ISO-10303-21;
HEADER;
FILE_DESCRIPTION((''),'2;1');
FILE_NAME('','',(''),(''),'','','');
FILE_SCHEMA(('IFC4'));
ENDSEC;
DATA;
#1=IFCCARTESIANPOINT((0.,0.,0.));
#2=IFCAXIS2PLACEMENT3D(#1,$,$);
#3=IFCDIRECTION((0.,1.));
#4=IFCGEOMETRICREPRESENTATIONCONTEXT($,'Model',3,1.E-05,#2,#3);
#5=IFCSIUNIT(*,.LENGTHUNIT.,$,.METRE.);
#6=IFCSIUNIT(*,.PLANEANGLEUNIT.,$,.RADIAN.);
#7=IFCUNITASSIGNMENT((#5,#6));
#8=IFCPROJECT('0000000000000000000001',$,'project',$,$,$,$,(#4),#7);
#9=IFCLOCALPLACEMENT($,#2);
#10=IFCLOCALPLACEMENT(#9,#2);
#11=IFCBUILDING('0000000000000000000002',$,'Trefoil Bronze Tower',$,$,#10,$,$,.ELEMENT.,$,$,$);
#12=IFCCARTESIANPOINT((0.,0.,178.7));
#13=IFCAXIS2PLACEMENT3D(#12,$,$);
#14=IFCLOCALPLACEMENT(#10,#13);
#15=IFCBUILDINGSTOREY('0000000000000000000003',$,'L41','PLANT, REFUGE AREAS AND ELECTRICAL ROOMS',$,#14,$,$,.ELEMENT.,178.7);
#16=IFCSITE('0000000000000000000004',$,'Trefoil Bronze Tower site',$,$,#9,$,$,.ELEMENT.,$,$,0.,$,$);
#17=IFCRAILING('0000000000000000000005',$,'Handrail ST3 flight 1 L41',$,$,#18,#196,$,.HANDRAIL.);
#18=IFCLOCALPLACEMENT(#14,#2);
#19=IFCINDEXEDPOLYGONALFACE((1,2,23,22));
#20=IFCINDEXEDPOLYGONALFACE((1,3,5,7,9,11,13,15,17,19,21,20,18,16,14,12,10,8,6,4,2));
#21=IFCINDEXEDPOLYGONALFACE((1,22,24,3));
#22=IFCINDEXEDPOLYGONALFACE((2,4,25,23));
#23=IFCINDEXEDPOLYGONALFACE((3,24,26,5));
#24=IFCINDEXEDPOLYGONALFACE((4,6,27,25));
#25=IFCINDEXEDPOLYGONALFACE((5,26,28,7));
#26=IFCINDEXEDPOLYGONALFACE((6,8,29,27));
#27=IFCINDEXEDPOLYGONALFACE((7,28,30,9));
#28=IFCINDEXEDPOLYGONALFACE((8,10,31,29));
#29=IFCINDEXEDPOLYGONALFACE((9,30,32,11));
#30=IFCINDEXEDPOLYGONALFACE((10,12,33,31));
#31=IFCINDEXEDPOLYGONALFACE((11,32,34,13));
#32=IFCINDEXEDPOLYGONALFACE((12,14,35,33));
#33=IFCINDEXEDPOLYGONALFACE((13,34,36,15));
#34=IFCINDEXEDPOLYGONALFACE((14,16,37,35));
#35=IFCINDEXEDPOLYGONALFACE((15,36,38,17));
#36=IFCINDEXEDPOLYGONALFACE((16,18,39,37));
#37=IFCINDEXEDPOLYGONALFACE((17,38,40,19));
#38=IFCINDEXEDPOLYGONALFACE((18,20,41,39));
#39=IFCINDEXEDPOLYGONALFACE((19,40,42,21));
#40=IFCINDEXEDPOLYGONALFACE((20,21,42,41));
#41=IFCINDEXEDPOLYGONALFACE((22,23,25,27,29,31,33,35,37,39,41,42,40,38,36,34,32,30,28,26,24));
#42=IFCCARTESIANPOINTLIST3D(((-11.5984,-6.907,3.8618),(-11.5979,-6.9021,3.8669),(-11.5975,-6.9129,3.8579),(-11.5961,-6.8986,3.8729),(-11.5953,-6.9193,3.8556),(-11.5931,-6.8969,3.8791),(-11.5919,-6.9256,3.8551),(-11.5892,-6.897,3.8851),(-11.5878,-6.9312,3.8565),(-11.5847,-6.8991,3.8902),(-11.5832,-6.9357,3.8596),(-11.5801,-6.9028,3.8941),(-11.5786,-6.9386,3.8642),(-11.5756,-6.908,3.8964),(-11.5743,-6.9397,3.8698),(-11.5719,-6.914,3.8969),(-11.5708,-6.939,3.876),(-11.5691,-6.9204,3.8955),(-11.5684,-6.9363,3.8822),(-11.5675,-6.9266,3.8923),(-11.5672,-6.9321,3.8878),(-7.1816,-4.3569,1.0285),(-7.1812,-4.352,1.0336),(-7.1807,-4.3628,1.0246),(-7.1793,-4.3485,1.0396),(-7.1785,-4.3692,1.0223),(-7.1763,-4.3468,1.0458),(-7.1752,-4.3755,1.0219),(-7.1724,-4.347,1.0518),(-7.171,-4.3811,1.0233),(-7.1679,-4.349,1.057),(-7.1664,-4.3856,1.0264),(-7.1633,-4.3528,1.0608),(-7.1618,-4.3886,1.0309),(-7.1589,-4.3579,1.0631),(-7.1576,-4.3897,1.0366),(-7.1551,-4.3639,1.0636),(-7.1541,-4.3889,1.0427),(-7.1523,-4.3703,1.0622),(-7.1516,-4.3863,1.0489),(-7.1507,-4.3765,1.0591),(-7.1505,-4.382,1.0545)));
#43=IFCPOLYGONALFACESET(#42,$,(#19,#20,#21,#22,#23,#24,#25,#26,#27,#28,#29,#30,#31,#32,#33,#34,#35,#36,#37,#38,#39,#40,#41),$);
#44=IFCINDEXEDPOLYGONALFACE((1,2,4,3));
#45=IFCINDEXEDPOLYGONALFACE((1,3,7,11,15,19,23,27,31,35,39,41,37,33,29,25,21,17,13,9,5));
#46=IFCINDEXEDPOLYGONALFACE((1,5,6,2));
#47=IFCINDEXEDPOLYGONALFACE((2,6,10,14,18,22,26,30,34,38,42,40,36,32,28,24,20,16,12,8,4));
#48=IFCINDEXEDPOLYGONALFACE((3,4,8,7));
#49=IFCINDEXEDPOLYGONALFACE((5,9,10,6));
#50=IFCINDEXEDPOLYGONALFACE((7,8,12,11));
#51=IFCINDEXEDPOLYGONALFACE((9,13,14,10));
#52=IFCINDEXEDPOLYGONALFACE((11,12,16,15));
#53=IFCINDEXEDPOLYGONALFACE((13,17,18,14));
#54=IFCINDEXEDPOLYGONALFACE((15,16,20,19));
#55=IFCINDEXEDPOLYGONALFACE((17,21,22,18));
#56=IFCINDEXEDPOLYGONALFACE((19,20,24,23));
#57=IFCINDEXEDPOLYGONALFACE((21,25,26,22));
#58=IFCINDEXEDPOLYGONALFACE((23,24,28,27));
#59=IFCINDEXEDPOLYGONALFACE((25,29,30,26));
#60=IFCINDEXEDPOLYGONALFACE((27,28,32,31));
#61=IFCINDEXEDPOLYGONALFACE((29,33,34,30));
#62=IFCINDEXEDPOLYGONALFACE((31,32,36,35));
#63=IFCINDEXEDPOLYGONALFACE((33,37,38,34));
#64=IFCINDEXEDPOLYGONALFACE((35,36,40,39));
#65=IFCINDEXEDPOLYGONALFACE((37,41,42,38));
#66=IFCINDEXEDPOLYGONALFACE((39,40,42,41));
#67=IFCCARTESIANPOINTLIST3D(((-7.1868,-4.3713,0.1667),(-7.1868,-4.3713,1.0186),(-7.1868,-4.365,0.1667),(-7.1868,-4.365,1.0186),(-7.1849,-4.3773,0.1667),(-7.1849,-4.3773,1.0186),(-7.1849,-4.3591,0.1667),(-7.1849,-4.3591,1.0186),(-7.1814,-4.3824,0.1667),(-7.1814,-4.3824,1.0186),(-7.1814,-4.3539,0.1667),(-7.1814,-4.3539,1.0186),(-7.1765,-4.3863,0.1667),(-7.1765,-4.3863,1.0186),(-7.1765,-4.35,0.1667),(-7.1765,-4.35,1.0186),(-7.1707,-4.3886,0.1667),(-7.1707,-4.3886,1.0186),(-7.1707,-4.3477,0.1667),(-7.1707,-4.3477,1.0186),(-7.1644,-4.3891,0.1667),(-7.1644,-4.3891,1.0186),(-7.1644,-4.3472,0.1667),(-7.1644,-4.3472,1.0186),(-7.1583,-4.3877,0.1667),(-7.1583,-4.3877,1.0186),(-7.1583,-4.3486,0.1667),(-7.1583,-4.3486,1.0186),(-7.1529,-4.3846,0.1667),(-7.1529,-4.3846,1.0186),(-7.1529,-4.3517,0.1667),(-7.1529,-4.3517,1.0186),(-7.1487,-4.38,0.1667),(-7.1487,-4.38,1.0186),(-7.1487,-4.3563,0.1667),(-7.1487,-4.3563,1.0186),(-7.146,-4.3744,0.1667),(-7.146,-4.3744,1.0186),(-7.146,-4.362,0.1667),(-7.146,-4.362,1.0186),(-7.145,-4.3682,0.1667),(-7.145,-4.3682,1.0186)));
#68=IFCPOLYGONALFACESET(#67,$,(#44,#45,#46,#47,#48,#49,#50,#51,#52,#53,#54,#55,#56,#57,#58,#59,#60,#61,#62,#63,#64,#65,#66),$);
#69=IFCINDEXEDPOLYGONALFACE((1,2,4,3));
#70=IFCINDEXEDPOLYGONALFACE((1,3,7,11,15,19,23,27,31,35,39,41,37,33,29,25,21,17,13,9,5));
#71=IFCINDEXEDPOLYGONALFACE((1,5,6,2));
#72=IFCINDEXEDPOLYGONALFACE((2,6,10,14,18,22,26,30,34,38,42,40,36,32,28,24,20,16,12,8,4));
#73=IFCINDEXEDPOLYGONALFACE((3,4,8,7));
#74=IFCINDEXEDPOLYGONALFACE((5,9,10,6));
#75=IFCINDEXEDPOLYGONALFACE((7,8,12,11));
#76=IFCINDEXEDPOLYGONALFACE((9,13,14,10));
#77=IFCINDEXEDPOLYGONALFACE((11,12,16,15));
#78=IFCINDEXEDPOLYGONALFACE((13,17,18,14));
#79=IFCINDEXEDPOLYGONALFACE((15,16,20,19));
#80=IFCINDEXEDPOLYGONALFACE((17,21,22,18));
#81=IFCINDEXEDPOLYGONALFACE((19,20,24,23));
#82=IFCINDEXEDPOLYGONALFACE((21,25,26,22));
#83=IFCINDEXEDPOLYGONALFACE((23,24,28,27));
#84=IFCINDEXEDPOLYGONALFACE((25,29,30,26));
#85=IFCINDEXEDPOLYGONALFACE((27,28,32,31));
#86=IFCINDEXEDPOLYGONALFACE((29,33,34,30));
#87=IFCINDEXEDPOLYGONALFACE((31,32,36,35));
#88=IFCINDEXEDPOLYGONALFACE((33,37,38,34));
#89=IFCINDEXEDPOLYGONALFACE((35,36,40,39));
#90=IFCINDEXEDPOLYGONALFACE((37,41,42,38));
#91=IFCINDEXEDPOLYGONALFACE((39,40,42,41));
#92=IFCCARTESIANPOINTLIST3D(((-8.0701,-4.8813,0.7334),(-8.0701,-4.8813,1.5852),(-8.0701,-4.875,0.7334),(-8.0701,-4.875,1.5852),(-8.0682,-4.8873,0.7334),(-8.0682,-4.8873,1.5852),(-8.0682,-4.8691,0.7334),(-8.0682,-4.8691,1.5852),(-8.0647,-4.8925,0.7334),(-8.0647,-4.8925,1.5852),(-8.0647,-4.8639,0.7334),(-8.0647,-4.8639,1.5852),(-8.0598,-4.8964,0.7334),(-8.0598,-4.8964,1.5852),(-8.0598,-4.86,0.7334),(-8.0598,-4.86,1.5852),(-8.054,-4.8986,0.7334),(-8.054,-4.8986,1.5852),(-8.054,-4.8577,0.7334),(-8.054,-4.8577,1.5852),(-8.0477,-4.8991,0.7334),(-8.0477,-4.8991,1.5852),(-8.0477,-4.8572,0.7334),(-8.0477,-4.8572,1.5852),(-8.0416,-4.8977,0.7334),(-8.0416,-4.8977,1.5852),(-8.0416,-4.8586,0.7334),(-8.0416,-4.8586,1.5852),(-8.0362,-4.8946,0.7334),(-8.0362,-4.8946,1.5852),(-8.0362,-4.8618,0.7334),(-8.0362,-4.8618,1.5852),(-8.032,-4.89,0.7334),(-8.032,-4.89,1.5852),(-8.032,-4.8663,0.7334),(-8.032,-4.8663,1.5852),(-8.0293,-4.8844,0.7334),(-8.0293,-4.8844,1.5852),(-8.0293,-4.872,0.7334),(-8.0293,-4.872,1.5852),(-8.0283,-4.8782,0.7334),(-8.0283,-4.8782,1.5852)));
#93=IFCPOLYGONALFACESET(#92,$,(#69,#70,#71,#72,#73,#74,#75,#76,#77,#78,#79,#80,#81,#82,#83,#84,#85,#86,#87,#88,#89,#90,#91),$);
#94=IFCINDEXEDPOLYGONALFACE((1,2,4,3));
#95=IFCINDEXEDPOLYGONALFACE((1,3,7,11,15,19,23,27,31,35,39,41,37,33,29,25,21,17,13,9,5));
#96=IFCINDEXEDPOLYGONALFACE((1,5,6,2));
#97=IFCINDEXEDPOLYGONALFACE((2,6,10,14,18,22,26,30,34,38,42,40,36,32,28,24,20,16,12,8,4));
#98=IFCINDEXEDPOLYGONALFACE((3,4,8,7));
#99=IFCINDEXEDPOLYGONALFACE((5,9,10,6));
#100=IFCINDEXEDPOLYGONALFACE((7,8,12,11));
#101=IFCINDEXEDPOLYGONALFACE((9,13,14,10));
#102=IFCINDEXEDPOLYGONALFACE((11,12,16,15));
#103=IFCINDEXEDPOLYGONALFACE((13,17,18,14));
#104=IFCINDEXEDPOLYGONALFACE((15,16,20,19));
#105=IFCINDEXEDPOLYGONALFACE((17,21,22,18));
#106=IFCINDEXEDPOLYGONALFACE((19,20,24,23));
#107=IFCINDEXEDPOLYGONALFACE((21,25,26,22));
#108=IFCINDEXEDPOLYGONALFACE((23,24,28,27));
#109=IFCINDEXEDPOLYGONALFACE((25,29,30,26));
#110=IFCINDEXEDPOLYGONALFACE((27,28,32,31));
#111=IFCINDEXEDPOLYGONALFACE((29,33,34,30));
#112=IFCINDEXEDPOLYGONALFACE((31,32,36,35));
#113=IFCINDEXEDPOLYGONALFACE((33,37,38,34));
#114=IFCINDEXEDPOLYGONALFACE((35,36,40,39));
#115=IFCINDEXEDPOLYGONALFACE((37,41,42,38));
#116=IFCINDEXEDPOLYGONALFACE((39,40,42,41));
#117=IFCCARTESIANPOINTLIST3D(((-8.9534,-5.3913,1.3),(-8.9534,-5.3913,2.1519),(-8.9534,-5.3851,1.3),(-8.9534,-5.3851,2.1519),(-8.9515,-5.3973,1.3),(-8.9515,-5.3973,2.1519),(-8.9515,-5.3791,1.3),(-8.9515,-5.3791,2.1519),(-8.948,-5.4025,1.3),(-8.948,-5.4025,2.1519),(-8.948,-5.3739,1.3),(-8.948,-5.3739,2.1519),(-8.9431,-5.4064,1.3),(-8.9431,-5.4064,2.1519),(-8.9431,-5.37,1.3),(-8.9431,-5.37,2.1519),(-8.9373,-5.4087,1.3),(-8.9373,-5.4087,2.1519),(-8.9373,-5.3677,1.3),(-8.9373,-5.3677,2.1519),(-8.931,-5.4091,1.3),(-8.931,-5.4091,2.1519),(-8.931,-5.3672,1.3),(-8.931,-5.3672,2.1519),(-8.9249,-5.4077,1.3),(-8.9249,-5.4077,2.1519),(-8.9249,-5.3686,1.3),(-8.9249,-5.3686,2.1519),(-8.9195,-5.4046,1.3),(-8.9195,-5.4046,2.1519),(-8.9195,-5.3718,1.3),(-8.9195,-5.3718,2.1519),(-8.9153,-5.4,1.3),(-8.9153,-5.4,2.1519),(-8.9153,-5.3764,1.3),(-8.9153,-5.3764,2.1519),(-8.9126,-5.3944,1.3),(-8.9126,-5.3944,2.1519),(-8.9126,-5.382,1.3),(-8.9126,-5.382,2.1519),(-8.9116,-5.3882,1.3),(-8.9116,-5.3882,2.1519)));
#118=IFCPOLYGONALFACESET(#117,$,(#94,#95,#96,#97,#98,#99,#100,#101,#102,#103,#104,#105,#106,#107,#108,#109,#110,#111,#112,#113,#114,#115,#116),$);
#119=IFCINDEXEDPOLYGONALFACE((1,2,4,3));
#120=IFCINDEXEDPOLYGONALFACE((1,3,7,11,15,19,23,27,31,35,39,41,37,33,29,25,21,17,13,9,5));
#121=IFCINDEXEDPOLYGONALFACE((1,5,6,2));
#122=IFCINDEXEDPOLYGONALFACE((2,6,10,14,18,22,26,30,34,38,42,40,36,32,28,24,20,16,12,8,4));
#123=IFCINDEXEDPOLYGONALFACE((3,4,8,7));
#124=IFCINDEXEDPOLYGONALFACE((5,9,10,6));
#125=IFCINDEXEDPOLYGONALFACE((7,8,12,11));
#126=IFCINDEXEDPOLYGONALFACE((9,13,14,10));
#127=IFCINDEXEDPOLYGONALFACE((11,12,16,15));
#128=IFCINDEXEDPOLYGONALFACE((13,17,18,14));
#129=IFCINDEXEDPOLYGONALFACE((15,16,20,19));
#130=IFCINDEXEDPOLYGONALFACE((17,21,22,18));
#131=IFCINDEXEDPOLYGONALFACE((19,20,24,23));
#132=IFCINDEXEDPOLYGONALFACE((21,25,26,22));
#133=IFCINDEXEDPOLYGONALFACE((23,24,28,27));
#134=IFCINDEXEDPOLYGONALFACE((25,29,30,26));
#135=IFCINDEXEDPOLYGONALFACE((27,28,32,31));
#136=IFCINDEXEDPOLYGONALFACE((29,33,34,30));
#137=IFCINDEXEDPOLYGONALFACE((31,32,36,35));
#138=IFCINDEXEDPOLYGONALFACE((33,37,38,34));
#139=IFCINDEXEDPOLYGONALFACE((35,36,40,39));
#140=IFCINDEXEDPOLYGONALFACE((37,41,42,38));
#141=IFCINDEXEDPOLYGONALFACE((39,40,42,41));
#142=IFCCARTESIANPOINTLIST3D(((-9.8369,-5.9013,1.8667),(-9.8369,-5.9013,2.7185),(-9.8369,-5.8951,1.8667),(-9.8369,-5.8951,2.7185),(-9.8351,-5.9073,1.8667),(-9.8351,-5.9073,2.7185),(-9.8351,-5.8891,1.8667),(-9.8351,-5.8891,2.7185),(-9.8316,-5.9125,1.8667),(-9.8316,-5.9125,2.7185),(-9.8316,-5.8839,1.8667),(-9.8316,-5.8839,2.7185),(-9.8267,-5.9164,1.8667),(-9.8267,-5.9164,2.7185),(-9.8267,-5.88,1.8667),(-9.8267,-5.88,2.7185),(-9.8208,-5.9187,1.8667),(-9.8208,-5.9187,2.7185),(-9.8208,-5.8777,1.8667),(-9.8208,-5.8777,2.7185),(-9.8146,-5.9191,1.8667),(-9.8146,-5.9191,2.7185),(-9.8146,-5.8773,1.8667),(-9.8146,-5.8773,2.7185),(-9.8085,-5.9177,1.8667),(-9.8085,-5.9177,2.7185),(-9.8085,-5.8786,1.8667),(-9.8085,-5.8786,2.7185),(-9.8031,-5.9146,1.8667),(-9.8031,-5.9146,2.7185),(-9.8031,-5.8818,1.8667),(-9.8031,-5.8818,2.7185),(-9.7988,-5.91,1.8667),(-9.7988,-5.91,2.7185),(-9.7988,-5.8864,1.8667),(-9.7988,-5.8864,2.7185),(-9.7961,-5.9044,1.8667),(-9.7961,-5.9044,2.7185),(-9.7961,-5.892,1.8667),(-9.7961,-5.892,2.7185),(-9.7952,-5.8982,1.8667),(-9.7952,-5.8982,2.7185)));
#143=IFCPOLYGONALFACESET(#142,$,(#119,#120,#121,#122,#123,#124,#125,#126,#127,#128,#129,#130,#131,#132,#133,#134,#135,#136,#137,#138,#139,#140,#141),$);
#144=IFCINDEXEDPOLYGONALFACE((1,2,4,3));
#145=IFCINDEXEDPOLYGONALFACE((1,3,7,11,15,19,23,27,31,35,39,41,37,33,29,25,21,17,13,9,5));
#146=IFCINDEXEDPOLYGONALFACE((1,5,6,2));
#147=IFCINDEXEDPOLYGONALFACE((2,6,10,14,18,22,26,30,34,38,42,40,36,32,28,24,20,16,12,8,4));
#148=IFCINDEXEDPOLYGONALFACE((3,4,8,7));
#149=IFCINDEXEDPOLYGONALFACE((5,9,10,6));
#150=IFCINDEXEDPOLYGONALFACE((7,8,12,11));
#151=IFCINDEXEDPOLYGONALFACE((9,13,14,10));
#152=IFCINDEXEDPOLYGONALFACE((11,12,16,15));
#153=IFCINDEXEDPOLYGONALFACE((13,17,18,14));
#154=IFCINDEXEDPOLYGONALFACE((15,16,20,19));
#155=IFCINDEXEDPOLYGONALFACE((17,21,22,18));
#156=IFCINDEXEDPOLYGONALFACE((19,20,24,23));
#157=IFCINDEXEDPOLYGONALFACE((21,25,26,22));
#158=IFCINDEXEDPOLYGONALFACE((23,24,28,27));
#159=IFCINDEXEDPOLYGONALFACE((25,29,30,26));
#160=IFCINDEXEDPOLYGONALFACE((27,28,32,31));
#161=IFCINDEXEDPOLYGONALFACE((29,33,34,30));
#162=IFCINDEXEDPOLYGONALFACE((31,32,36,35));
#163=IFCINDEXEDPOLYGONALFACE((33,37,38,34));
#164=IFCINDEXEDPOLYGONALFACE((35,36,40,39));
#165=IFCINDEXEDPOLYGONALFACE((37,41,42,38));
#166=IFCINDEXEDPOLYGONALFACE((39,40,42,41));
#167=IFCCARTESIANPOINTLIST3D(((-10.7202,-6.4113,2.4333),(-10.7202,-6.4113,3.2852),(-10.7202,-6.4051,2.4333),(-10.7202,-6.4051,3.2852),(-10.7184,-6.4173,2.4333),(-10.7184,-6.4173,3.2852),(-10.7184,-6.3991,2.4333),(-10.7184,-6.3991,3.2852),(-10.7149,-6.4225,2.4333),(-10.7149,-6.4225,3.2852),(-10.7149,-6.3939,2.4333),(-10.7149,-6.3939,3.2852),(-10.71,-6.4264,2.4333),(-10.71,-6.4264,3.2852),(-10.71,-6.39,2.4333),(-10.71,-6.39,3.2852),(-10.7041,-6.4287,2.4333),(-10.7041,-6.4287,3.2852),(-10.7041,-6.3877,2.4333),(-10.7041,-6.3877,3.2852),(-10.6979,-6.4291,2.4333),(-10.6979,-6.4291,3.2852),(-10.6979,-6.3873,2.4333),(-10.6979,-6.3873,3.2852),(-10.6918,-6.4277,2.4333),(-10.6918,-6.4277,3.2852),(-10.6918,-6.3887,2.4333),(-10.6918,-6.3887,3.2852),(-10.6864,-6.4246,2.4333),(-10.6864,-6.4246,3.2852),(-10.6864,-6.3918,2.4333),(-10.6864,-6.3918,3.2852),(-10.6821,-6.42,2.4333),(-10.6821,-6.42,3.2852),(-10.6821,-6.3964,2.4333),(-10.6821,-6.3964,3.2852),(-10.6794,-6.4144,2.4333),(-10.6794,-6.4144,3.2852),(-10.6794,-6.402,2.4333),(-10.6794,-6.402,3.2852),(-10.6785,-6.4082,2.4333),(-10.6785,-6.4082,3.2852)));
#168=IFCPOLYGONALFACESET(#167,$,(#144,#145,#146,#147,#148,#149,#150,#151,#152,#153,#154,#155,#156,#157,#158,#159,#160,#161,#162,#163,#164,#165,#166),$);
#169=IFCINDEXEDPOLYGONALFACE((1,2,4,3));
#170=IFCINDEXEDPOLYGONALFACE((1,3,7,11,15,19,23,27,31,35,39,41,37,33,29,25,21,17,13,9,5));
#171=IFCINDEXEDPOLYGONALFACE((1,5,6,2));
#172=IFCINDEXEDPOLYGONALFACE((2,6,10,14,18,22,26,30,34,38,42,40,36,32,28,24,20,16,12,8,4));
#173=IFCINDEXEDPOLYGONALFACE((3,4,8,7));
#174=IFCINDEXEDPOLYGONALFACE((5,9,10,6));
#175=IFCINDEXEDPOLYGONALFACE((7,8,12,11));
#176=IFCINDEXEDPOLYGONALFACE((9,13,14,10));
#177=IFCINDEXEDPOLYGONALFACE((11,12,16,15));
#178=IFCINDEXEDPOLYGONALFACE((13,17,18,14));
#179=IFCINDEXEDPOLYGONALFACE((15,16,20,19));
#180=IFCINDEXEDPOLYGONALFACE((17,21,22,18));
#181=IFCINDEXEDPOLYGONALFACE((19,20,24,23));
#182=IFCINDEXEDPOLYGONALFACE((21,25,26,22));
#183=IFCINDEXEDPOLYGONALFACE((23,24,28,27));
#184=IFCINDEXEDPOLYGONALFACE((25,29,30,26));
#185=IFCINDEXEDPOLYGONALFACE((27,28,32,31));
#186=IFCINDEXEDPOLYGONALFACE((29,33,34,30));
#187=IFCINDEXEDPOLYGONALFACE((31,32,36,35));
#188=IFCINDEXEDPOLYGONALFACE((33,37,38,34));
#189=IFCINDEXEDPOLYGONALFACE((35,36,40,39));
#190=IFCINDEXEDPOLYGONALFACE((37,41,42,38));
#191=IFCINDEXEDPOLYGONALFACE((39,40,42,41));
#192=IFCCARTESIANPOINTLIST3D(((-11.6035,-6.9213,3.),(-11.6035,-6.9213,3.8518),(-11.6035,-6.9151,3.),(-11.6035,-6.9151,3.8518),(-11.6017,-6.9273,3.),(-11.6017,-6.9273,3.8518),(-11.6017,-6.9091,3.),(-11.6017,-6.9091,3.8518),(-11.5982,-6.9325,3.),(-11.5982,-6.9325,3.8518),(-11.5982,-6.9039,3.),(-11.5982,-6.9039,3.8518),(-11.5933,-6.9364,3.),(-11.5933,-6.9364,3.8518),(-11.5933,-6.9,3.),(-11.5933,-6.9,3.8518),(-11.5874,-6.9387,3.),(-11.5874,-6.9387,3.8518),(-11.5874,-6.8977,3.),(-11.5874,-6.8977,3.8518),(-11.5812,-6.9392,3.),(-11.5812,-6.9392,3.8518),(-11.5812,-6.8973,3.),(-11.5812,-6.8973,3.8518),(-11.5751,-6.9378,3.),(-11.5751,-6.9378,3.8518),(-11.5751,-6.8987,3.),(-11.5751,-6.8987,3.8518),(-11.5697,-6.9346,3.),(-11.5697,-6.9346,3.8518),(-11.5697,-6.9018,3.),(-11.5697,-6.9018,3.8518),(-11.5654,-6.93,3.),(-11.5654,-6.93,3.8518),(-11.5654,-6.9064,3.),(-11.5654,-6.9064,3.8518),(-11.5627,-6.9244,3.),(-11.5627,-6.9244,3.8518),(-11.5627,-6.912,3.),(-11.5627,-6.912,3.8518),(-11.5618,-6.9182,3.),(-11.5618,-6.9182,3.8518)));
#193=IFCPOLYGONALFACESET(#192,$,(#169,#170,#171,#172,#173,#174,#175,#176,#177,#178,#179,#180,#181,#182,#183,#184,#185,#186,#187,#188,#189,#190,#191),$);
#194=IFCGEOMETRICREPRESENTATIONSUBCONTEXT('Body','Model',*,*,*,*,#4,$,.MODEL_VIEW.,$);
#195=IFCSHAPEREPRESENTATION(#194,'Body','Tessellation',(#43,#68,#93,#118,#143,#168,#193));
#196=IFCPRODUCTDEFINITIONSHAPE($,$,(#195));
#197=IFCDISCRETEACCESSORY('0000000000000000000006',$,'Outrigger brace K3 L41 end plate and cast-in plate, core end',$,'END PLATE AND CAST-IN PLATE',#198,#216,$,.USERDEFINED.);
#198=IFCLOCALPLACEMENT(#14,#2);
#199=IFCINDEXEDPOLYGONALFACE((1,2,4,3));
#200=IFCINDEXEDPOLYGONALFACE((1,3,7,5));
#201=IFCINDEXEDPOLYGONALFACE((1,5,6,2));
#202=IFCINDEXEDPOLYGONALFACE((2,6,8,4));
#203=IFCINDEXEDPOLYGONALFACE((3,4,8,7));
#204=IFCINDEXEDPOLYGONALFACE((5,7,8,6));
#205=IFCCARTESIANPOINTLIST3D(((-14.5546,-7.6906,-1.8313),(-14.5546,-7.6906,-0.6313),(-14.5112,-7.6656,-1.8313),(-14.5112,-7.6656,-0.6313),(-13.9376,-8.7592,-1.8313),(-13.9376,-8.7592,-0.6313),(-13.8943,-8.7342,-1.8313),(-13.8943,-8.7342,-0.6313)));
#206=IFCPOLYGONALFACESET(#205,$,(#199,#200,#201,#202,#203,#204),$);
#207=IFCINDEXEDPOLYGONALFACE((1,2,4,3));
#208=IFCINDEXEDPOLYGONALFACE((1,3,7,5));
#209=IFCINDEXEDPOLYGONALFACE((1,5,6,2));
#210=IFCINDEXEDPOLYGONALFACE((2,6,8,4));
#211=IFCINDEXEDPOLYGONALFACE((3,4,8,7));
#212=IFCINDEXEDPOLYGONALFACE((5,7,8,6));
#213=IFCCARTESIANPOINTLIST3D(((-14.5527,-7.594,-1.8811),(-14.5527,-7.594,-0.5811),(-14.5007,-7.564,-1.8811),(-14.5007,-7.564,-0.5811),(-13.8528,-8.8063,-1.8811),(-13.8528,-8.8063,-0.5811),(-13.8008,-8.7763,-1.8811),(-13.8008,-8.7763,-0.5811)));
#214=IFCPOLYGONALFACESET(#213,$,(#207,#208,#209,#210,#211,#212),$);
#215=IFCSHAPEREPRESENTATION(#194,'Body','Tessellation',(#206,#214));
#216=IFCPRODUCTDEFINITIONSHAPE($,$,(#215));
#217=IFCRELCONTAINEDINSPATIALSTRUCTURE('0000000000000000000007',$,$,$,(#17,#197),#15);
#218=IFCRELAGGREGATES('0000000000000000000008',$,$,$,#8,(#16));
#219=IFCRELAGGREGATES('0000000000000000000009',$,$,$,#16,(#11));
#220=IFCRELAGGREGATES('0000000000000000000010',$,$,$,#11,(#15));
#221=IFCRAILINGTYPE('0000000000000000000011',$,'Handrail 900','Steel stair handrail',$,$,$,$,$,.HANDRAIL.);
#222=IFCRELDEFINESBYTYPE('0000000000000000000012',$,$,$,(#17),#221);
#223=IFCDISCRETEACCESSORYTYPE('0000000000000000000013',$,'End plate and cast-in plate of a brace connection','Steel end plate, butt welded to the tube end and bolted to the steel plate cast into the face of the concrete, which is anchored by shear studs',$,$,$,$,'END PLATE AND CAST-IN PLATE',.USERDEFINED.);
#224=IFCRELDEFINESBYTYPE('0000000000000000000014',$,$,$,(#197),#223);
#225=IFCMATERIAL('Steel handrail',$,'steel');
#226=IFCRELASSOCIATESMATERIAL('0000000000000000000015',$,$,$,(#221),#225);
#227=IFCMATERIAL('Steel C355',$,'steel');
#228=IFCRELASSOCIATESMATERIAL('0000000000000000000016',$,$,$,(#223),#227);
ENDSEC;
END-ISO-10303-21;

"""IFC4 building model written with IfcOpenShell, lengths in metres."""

from ifc_helpers import new_model, si_unit, direction, frame, origin, origin_2d, place, context, subcontext, project, spatial, rectangle, circle, extrude, material, type_object, element, save


model = new_model("IFC4")

# Units and contexts
model_context = context("Model", 3, precision=1e-05, world=origin(), true_north=direction((0.0, 1.0)))
body_context = subcontext(model_context, "Body", "Model", "MODEL_VIEW")
ifc_project = project(units=[si_unit("LENGTHUNIT", "METRE"), si_unit("PLANEANGLEUNIT", "RADIAN")], contexts=[model_context])

# Site, building, storey
site_placement = place(None, origin())
site = spatial("IfcSite", under=ifc_project, at=site_placement, Name="Trefoil Bronze Tower site", CompositionType="ELEMENT", RefElevation=0.0)
building_placement = place(site_placement, origin())
building = spatial("IfcBuilding", under=site, at=building_placement, Name="Trefoil Bronze Tower", CompositionType="ELEMENT")
storey_placement = place(building_placement, frame((0.0, 0.0, 178.7)))
storey = spatial("IfcBuildingStorey", under=building, at=storey_placement, Name="L41", Description="PLANT, REFUGE AREAS AND ELECTRICAL ROOMS", CompositionType="ELEMENT", Elevation=178.7)

# Railing
ifc_material_1 = material(Name="Steel handrail", Category="steel")
railing_type = type_object("IfcRailingType", Name="Handrail 900", Description="Steel stair handrail", PredefinedType="HANDRAIL", material=ifc_material_1)
railing_1_placement = place(storey_placement, frame((-7.166, -4.3682, 0.1667)))
element("IfcRailing", 1, at=railing_1_placement, inside=storey, type_object=railing_type, Name="Handrail ST3 flight 1 L41", PredefinedType="HANDRAIL", context=body_context, shape_type="SweptSolid", body=[
    extrude(circle(Radius=0.0239, at=origin_2d()), frame((0.0, 0.0, 0.876), z_axis=(-0.757046, -0.437087, 0.485629), x_axis=(0.500006, -0.866022, 0.0)), (0.0, 0.0, 1.0), 5.8342),
    extrude(circle(Radius=0.021, at=origin_2d()), origin(), (0.0, 0.0, 1.0), 0.8518),
    extrude(circle(Radius=0.021, at=origin_2d()), frame((-0.8833, -0.51, 0.5667)), (0.0, 0.0, 1.0), 0.8518),
    extrude(circle(Radius=0.021, at=origin_2d()), frame((-1.7666, -1.02, 1.1333)), (0.0, 0.0, 1.0), 0.8518),
    extrude(circle(Radius=0.021, at=origin_2d()), frame((-2.6501, -1.53, 1.7)), (0.0, 0.0, 1.0), 0.8518),
    extrude(circle(Radius=0.021, at=origin_2d()), frame((-3.5334, -2.04, 2.2666)), (0.0, 0.0, 1.0), 0.8518),
    extrude(circle(Radius=0.021, at=origin_2d()), frame((-4.4167, -2.55, 2.8333)), (0.0, 0.0, 1.0), 0.8518),
])

# Discrete accessory
ifc_material_2 = material(Name="Steel C355", Category="steel")
discrete_accessory_type = type_object("IfcDiscreteAccessoryType", Name="End plate and cast-in plate of a brace connection", Description="Steel end plate, butt welded to the tube end and bolted to the steel plate cast into the face of the concrete, which is anchored by shear studs", ElementType="END PLATE AND CAST-IN PLATE", PredefinedType="USERDEFINED", material=ifc_material_2)
discrete_accessory_placement = place(storey_placement, frame((-14.2029, -8.2, -1.2312), z_axis=(0.0, 0.0, 1.0), x_axis=(-0.866025, -0.5, 0.0)))
element("IfcDiscreteAccessory", 2, at=discrete_accessory_placement, inside=storey, type_object=discrete_accessory_type, Name="Outrigger brace K3 L41 end plate and cast-in plate, core end", ObjectType="END PLATE AND CAST-IN PLATE", PredefinedType="USERDEFINED", context=body_context, shape_type="SweptSolid", body=[
    extrude(rectangle(XDim=0.05, YDim=1.2339, at=origin_2d()), frame((0.0249, 0.0, -0.6001)), (0.0, 0.0, 1.0), 1.2),
    extrude(rectangle(XDim=0.0601, YDim=1.3999, at=origin_2d()), frame((-0.03, 0.0002, -0.6499)), (0.0, 0.0, 1.0), 1.3),
])

save(model, "model.ifc")
